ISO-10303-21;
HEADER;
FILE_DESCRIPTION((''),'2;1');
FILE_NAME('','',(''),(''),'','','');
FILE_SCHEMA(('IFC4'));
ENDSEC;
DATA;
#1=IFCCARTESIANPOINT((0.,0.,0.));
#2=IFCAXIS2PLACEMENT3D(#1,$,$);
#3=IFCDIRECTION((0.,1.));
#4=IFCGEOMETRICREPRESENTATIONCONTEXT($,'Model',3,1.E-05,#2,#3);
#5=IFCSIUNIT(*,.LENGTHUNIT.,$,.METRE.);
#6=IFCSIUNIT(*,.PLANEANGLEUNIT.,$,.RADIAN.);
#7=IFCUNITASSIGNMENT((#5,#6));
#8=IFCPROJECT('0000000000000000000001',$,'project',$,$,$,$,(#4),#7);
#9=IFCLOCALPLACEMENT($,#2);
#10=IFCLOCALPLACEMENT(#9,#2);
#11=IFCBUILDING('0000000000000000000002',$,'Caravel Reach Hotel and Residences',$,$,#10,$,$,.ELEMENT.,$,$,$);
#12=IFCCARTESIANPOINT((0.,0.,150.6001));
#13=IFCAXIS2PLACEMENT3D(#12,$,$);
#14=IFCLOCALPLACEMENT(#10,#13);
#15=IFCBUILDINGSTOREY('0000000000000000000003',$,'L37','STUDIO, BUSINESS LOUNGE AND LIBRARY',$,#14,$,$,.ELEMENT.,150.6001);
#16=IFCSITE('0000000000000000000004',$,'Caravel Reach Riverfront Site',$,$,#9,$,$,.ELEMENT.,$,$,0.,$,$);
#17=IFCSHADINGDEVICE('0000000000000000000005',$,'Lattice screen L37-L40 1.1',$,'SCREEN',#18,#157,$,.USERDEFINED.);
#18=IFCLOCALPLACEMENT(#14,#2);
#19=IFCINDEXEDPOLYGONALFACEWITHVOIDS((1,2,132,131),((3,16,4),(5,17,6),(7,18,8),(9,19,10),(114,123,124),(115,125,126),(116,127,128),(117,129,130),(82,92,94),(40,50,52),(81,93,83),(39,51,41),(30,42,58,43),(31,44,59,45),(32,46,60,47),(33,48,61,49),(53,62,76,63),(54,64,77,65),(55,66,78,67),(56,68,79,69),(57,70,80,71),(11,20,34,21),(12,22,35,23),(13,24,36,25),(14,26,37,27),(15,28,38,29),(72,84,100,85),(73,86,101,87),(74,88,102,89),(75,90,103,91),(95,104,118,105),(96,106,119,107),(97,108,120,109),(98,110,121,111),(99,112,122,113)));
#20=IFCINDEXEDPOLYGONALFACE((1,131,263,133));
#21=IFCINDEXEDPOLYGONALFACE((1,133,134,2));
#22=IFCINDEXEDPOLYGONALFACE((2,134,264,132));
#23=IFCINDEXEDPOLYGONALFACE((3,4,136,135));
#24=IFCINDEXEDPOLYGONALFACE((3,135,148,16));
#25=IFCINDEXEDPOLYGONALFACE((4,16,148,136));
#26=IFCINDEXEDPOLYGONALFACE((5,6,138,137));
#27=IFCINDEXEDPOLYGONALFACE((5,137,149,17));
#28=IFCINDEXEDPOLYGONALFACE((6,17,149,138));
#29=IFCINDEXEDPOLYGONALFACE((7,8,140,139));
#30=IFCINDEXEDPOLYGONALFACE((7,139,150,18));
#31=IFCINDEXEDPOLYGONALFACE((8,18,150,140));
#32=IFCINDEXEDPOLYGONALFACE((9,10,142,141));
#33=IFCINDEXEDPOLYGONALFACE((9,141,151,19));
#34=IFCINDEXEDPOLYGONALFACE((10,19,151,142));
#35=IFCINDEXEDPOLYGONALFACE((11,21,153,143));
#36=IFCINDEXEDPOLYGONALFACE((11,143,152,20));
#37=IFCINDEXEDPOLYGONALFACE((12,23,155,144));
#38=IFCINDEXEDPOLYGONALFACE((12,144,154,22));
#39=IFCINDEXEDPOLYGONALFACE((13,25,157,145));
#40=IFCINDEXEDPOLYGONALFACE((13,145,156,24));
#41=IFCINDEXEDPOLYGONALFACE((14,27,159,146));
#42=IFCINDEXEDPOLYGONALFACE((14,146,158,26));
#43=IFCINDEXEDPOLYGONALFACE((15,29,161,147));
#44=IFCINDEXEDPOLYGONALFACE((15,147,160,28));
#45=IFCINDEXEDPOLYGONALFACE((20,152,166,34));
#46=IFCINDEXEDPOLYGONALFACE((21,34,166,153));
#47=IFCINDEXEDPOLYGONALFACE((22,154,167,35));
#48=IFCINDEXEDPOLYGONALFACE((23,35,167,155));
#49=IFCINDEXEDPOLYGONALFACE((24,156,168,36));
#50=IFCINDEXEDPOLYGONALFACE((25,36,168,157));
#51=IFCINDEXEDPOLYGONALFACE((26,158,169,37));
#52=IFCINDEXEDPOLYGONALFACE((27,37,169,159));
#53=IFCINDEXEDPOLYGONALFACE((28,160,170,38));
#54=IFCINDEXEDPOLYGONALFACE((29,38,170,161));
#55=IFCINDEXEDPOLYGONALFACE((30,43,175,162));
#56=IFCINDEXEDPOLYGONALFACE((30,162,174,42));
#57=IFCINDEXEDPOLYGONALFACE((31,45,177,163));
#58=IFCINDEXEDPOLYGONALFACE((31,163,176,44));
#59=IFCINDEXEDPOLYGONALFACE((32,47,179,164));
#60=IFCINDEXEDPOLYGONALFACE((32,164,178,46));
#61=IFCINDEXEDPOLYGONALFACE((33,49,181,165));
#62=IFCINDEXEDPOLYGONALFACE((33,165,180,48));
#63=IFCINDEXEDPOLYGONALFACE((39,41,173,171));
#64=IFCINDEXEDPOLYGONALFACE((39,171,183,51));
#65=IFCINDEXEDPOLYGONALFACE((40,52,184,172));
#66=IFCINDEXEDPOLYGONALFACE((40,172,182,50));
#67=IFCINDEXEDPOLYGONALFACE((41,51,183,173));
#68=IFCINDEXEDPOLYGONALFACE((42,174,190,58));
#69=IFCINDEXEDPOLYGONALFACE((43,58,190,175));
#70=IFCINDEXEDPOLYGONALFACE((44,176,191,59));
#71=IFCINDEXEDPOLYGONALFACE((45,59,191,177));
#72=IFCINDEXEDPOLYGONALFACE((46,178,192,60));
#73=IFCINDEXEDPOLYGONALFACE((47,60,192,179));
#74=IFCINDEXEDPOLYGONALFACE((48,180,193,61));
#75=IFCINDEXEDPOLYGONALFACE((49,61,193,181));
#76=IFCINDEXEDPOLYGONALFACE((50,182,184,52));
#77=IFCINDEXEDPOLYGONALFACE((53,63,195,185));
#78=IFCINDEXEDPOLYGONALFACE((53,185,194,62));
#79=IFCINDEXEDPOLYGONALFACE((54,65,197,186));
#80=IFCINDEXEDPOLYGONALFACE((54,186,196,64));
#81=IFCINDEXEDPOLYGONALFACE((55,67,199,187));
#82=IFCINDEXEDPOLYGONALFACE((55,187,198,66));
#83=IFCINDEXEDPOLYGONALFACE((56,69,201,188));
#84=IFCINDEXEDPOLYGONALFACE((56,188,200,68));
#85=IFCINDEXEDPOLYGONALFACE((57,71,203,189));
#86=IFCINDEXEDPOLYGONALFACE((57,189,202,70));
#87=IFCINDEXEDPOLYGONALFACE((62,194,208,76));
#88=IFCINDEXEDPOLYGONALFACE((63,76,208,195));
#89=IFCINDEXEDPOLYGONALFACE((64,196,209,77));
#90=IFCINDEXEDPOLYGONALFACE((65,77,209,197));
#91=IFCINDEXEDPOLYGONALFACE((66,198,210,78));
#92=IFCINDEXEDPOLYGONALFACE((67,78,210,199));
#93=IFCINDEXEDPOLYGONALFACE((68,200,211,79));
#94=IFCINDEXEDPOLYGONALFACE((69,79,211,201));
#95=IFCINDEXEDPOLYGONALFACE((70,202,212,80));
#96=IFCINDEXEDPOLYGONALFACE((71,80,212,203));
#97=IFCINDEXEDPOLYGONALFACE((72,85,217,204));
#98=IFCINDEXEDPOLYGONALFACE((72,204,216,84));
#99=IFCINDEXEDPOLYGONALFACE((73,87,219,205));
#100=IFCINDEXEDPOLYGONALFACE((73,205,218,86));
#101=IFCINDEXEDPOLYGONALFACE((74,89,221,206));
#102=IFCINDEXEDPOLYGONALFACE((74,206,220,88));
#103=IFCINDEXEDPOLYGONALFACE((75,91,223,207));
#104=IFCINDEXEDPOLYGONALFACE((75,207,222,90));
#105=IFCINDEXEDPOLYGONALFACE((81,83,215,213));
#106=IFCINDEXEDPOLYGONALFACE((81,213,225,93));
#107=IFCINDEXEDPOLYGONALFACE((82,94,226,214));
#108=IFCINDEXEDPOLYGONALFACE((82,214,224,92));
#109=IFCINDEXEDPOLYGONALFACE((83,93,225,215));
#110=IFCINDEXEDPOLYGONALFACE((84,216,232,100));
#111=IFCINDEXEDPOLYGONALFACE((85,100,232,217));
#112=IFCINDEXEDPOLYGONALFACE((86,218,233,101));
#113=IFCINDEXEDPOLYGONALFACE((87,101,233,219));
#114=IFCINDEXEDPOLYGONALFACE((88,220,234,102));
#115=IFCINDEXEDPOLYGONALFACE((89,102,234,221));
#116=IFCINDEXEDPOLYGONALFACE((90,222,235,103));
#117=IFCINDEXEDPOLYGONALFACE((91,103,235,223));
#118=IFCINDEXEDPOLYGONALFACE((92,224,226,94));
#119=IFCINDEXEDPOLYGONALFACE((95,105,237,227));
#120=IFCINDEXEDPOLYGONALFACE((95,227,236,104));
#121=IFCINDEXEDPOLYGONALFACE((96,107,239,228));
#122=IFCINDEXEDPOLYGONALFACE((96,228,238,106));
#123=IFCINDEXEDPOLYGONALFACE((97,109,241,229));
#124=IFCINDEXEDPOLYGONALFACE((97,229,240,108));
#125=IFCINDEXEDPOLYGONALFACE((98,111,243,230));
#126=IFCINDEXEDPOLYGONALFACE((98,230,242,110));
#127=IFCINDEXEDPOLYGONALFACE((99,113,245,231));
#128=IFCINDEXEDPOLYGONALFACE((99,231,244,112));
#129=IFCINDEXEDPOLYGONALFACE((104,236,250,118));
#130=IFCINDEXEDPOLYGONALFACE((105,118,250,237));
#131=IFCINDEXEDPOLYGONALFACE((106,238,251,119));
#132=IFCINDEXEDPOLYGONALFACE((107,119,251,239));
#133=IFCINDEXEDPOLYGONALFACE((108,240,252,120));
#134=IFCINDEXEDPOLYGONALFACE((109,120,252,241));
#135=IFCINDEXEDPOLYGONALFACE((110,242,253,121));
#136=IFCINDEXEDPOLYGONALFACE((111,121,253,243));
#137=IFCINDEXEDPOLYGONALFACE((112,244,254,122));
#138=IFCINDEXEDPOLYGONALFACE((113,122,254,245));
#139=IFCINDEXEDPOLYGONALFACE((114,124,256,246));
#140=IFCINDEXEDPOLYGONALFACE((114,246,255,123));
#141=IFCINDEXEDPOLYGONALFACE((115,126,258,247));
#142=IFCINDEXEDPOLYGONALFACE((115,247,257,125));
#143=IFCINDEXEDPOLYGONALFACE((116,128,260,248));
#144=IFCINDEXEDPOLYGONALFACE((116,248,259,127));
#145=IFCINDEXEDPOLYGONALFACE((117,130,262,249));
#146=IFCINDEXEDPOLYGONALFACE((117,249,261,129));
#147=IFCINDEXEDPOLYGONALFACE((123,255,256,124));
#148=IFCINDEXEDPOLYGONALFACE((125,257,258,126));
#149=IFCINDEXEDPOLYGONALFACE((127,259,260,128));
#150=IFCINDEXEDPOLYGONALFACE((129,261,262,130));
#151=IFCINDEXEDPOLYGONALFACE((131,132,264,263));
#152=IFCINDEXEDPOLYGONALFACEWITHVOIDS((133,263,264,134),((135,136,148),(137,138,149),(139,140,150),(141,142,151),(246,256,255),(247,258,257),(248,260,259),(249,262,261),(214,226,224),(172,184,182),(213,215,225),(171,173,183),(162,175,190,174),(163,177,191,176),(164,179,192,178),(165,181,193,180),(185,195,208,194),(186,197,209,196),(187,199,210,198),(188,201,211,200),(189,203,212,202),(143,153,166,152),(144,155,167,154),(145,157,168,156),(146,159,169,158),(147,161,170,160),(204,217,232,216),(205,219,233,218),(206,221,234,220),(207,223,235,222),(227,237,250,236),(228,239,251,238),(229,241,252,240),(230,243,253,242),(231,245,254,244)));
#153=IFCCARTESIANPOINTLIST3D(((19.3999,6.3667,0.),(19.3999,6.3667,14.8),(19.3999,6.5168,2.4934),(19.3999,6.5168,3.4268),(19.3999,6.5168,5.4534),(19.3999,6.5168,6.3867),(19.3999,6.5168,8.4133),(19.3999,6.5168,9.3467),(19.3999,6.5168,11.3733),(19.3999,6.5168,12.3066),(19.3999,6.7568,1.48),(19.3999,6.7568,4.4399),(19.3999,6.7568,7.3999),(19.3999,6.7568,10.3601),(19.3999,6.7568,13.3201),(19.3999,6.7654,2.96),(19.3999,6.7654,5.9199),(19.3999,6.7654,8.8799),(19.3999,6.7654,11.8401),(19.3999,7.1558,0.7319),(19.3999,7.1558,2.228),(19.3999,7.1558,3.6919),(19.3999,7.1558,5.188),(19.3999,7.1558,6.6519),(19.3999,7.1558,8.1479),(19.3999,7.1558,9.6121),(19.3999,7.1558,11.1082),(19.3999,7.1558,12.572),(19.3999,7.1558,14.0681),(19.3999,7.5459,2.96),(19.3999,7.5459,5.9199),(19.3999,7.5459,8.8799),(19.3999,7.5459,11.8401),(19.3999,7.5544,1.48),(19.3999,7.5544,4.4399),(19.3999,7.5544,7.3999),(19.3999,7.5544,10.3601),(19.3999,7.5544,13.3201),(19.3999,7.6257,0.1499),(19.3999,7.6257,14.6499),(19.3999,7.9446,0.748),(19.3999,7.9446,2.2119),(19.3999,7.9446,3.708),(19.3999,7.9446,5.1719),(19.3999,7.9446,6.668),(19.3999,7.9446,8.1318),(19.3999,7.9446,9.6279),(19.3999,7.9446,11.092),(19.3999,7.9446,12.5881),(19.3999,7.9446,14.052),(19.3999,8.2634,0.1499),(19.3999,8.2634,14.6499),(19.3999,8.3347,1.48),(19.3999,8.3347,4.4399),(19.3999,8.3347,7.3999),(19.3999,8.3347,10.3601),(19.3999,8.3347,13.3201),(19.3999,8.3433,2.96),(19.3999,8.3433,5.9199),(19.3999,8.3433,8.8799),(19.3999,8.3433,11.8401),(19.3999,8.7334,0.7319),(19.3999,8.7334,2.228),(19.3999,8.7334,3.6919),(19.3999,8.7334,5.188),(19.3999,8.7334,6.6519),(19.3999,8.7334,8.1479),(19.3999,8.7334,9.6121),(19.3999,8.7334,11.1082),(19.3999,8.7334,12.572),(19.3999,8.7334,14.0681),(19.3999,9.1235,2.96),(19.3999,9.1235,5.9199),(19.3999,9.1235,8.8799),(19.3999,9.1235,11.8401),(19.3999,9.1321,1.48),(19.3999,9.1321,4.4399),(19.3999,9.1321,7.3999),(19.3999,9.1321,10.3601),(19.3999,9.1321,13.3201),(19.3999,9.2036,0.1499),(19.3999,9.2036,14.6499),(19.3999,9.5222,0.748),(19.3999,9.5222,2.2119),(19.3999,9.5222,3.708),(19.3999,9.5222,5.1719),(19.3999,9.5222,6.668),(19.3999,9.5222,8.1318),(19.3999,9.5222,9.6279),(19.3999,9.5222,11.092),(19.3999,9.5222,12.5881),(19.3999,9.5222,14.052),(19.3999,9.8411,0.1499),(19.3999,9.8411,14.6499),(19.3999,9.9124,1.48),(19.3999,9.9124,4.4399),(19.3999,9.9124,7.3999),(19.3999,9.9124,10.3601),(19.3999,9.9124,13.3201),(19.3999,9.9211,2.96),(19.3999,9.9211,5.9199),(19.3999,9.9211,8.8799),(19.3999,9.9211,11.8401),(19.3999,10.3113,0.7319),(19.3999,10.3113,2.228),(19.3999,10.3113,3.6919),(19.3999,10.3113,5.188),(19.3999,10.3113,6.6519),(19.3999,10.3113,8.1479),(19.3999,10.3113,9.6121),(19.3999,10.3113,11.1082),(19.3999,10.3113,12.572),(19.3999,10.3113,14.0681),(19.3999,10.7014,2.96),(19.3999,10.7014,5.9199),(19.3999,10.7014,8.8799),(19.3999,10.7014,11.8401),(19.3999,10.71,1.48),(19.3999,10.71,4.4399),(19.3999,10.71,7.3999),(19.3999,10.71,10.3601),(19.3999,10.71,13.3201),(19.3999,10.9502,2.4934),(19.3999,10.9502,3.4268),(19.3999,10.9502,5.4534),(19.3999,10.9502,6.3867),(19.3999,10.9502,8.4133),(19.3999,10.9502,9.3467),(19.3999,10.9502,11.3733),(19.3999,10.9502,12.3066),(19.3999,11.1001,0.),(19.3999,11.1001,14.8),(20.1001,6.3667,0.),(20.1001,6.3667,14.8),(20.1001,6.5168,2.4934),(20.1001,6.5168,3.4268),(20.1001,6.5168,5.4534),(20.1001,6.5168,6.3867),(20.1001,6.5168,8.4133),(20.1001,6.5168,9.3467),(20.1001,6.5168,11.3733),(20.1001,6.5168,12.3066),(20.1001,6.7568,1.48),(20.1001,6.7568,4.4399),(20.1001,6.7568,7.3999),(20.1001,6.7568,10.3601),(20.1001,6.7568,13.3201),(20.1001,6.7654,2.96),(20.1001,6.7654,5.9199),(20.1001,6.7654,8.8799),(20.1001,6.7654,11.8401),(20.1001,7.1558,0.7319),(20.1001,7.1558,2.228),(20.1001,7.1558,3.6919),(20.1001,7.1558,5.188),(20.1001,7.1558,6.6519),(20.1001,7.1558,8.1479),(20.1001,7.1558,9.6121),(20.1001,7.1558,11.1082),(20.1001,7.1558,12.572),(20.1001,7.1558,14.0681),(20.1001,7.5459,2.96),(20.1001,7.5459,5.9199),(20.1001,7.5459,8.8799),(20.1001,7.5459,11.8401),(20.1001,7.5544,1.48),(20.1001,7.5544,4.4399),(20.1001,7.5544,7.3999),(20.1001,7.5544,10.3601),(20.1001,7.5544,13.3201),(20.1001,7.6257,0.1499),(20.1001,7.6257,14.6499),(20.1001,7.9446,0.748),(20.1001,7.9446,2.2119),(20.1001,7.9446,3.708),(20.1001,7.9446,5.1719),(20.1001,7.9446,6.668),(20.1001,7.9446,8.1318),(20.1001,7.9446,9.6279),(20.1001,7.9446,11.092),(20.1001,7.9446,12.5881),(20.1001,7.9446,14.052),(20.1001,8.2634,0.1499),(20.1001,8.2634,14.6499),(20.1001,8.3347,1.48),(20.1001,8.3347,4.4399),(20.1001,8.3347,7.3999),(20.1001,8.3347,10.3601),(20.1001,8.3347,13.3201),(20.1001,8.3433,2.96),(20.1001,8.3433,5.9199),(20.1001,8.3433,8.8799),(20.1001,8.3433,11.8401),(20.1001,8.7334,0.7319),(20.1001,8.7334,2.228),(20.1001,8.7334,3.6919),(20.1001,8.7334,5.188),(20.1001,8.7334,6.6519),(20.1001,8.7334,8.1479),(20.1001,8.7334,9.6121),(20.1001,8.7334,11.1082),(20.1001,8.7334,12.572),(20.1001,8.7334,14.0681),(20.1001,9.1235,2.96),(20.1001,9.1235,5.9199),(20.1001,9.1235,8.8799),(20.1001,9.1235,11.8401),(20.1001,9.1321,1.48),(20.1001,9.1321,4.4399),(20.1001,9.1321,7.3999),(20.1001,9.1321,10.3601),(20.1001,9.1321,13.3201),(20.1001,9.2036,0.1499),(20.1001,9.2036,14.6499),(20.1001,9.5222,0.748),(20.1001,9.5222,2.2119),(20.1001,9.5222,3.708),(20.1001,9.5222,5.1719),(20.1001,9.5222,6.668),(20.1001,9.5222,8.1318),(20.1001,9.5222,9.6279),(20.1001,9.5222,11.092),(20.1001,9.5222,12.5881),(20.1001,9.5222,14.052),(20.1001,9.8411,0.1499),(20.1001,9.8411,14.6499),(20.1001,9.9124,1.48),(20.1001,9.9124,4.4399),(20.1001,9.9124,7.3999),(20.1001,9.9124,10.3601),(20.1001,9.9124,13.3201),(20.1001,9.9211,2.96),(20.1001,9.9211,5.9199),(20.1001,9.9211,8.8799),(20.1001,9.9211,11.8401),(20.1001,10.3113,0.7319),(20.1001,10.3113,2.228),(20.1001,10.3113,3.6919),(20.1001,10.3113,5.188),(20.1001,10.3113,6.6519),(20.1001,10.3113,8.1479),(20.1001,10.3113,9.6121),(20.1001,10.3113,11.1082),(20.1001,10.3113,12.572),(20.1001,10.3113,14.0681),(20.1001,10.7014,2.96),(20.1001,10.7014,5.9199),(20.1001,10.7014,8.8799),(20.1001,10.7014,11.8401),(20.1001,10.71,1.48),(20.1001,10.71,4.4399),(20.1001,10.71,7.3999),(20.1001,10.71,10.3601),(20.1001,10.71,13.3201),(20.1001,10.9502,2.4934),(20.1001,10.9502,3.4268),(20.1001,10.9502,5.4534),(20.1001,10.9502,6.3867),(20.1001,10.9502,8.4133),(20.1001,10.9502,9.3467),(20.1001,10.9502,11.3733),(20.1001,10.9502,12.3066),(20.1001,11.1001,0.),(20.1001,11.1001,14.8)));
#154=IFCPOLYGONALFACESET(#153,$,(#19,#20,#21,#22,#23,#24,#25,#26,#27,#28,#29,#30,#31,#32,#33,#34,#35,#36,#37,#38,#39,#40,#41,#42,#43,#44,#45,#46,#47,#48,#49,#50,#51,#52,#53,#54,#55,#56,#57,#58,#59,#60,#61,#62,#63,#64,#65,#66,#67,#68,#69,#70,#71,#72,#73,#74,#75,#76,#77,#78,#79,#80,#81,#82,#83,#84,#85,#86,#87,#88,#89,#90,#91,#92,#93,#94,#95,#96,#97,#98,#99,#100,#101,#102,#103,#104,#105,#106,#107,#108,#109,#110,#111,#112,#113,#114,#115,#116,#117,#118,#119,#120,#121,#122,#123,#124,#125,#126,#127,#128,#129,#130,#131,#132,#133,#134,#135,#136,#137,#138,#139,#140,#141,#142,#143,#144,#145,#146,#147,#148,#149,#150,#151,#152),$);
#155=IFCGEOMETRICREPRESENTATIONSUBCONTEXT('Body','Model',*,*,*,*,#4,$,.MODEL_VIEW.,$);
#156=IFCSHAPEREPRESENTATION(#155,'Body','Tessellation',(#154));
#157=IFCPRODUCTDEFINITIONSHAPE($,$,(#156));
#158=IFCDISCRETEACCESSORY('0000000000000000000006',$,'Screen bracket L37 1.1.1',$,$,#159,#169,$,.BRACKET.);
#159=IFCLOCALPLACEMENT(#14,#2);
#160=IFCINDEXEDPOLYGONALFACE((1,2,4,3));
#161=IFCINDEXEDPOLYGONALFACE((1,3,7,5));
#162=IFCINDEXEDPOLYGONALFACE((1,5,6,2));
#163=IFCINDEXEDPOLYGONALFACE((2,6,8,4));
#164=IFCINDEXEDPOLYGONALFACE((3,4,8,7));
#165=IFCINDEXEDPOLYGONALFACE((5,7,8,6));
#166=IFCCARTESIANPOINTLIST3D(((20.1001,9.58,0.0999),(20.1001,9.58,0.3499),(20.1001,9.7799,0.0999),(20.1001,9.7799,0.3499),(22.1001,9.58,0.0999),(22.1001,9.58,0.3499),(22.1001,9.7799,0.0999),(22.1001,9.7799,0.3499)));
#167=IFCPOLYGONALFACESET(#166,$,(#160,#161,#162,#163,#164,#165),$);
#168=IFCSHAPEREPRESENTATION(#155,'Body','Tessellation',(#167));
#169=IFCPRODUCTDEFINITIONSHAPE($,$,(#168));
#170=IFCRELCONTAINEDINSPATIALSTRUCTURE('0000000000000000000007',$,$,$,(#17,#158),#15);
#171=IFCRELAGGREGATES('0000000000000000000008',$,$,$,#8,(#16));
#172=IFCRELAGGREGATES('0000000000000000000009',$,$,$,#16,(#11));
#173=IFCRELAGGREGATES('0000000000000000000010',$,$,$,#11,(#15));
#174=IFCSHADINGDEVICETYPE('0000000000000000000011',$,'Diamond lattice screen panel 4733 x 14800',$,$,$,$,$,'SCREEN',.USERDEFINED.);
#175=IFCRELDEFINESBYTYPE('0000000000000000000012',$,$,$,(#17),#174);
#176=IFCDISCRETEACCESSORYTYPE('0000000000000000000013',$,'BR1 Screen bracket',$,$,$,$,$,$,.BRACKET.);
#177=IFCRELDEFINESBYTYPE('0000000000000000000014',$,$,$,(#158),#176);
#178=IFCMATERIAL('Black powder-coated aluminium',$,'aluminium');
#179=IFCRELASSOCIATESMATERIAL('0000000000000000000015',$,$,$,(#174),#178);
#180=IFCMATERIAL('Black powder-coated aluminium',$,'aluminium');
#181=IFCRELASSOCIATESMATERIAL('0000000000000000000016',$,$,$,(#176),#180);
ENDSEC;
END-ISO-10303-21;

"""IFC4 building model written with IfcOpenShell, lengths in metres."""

from ifc_helpers import new_model, si_unit, direction, frame, origin, origin_2d, place, context, subcontext, project, spatial, polyline, rectangle, outline, extrude, material, type_object, element, save


model = new_model("IFC4")

# Units and contexts
model_context = context("Model", 3, precision=1e-05, world=origin(), true_north=direction((0.0, 1.0)))
body_context = subcontext(model_context, "Body", "Model", "MODEL_VIEW")
ifc_project = project(units=[si_unit("LENGTHUNIT", "METRE"), si_unit("PLANEANGLEUNIT", "RADIAN")], contexts=[model_context])

# Site, building, storey
site_placement = place(None, origin())
site = spatial("IfcSite", under=ifc_project, at=site_placement, Name="Caravel Reach Riverfront Site", CompositionType="ELEMENT", RefElevation=0.0)
building_placement = place(site_placement, origin())
building = spatial("IfcBuilding", under=site, at=building_placement, Name="Caravel Reach Hotel and Residences", CompositionType="ELEMENT")
storey_placement = place(building_placement, frame((0.0, 0.0, 150.6001)))
storey = spatial("IfcBuildingStorey", under=building, at=storey_placement, Name="L37", Description="STUDIO, BUSINESS LOUNGE AND LIBRARY", CompositionType="ELEMENT", Elevation=150.6001)

# Shading device
ifc_material_1 = material(Name="Black powder-coated aluminium", Category="aluminium")
shading_device_type = type_object("IfcShadingDeviceType", Name="Diamond lattice screen panel 4733 x 14800", ElementType="SCREEN", PredefinedType="USERDEFINED", material=ifc_material_1)
shading_device_placement = place(storey_placement, frame((20.1001, 11.1001, 0.0), z_axis=(-1.0, 0.0, 0.0), x_axis=(0.0, -1.0, 0.0)))
element("IfcShadingDevice", 1, at=shading_device_placement, inside=storey, type_object=shading_device_type, Name="Lattice screen L37-L40 1.1", ObjectType="SCREEN", PredefinedType="USERDEFINED", context=body_context, shape_type="SweptSolid", body=[
    extrude(outline(polyline([(0.0, 0.0), (4.7334, 0.0), (4.7334, 14.8), (0.0, 14.8), (0.0, 0.0)]), holes=[polyline([(0.3987, 2.96), (0.1499, 3.4268), (0.1499, 2.4934), (0.3987, 2.96)]), polyline([(0.3987, 5.9199), (0.1499, 6.3867), (0.1499, 5.4534), (0.3987, 5.9199)]), polyline([(0.3987, 8.8799), (0.1499, 9.3467), (0.1499, 8.4133), (0.3987, 8.8799)]), polyline([(0.3987, 11.8401), (0.1499, 12.3066), (0.1499, 11.3733), (0.3987, 11.8401)]), polyline([(0.7888, 2.228), (0.3901, 1.48), (0.7888, 0.7319), (1.1877, 1.48), (0.7888, 2.228)]), polyline([(0.7888, 5.188), (0.3901, 4.4399), (0.7888, 3.6919), (1.1877, 4.4399), (0.7888, 5.188)]), polyline([(0.7888, 8.1479), (0.3901, 7.3999), (0.7888, 6.6519), (1.1877, 7.3999), (0.7888, 8.1479)]), polyline([(0.7888, 11.1082), (0.3901, 10.3601), (0.7888, 9.6121), (1.1877, 10.3601), (0.7888, 11.1082)]), polyline([(0.7888, 14.0681), (0.3901, 13.3201), (0.7888, 12.572), (1.1877, 13.3201), (0.7888, 14.0681)]), polyline([(1.5779, 0.748), (1.259, 0.1499), (1.8965, 0.1499), (1.5779, 0.748)]), polyline([(1.5779, 3.708), (1.179, 2.96), (1.5779, 2.2119), (1.9766, 2.96), (1.5779, 3.708)]), polyline([(1.5779, 6.668), (1.179, 5.9199), (1.5779, 5.1719), (1.9766, 5.9199), (1.5779, 6.668)]), polyline([(1.5779, 9.6279), (1.179, 8.8799), (1.5779, 8.1318), (1.9766, 8.8799), (1.5779, 9.6279)]), polyline([(1.5779, 12.5881), (1.179, 11.8401), (1.5779, 11.092), (1.9766, 11.8401), (1.5779, 12.5881)]), polyline([(1.5779, 14.052), (1.8965, 14.6499), (1.259, 14.6499), (1.5779, 14.052)]), polyline([(2.3667, 2.228), (1.968, 1.48), (2.3667, 0.7319), (2.7654, 1.48), (2.3667, 2.228)]), polyline([(2.3667, 5.188), (1.968, 4.4399), (2.3667, 3.6919), (2.7654, 4.4399), (2.3667, 5.188)]), polyline([(2.3667, 8.1479), (1.968, 7.3999), (2.3667, 6.6519), (2.7654, 7.3999), (2.3667, 8.1479)]), polyline([(2.3667, 11.1082), (1.968, 10.3601), (2.3667, 9.6121), (2.7654, 10.3601), (2.3667, 11.1082)]), polyline([(2.3667, 14.0681), (1.968, 13.3201), (2.3667, 12.572), (2.7654, 13.3201), (2.3667, 14.0681)]), polyline([(3.1555, 0.748), (2.8367, 0.1499), (3.4744, 0.1499), (3.1555, 0.748)]), polyline([(3.1555, 3.708), (2.7568, 2.96), (3.1555, 2.2119), (3.5542, 2.96), (3.1555, 3.708)]), polyline([(3.1555, 6.668), (2.7568, 5.9199), (3.1555, 5.1719), (3.5542, 5.9199), (3.1555, 6.668)]), polyline([(3.1555, 9.6279), (2.7568, 8.8799), (3.1555, 8.1318), (3.5542, 8.8799), (3.1555, 9.6279)]), polyline([(3.1555, 12.5881), (2.7568, 11.8401), (3.1555, 11.092), (3.5542, 11.8401), (3.1555, 12.5881)]), polyline([(3.1555, 14.052), (3.4744, 14.6499), (2.8367, 14.6499), (3.1555, 14.052)]), polyline([(3.9443, 2.228), (3.5457, 1.48), (3.9443, 0.7319), (4.3433, 1.48), (3.9443, 2.228)]), polyline([(3.9443, 5.188), (3.5457, 4.4399), (3.9443, 3.6919), (4.3433, 4.4399), (3.9443, 5.188)]), polyline([(3.9443, 8.1479), (3.5457, 7.3999), (3.9443, 6.6519), (4.3433, 7.3999), (3.9443, 8.1479)]), polyline([(3.9443, 11.1082), (3.5457, 10.3601), (3.9443, 9.6121), (4.3433, 10.3601), (3.9443, 11.1082)]), polyline([(3.9443, 14.0681), (3.5457, 13.3201), (3.9443, 12.572), (4.3433, 13.3201), (3.9443, 14.0681)]), polyline([(4.3347, 2.96), (4.5833, 2.4934), (4.5833, 3.4268), (4.3347, 2.96)]), polyline([(4.3347, 5.9199), (4.5833, 5.4534), (4.5833, 6.3867), (4.3347, 5.9199)]), polyline([(4.3347, 8.8799), (4.5833, 8.4133), (4.5833, 9.3467), (4.3347, 8.8799)]), polyline([(4.3347, 11.8401), (4.5833, 11.3733), (4.5833, 12.3066), (4.3347, 11.8401)])]), origin(), (0.0, 0.0, 1.0), 0.7002),
])

# Discrete accessory
ifc_material_2 = material(Name="Black powder-coated aluminium", Category="aluminium")
discrete_accessory_type = type_object("IfcDiscreteAccessoryType", Name="BR1 Screen bracket", PredefinedType="BRACKET", material=ifc_material_2)
discrete_accessory_1_placement = place(storey_placement, frame((21.1001, 9.6799, 0.0999), z_axis=(0.0, 0.0, 1.0), x_axis=(-1.0, 0.0, 0.0)))
element("IfcDiscreteAccessory", 2, at=discrete_accessory_1_placement, inside=storey, type_object=discrete_accessory_type, Name="Screen bracket L37 1.1.1", PredefinedType="BRACKET", context=body_context, shape_type="SweptSolid", body=[
    extrude(rectangle(XDim=2.0, YDim=0.2, at=origin_2d()), origin(), (0.0, 0.0, 1.0), 0.25),
])

save(model, "model.ifc")
